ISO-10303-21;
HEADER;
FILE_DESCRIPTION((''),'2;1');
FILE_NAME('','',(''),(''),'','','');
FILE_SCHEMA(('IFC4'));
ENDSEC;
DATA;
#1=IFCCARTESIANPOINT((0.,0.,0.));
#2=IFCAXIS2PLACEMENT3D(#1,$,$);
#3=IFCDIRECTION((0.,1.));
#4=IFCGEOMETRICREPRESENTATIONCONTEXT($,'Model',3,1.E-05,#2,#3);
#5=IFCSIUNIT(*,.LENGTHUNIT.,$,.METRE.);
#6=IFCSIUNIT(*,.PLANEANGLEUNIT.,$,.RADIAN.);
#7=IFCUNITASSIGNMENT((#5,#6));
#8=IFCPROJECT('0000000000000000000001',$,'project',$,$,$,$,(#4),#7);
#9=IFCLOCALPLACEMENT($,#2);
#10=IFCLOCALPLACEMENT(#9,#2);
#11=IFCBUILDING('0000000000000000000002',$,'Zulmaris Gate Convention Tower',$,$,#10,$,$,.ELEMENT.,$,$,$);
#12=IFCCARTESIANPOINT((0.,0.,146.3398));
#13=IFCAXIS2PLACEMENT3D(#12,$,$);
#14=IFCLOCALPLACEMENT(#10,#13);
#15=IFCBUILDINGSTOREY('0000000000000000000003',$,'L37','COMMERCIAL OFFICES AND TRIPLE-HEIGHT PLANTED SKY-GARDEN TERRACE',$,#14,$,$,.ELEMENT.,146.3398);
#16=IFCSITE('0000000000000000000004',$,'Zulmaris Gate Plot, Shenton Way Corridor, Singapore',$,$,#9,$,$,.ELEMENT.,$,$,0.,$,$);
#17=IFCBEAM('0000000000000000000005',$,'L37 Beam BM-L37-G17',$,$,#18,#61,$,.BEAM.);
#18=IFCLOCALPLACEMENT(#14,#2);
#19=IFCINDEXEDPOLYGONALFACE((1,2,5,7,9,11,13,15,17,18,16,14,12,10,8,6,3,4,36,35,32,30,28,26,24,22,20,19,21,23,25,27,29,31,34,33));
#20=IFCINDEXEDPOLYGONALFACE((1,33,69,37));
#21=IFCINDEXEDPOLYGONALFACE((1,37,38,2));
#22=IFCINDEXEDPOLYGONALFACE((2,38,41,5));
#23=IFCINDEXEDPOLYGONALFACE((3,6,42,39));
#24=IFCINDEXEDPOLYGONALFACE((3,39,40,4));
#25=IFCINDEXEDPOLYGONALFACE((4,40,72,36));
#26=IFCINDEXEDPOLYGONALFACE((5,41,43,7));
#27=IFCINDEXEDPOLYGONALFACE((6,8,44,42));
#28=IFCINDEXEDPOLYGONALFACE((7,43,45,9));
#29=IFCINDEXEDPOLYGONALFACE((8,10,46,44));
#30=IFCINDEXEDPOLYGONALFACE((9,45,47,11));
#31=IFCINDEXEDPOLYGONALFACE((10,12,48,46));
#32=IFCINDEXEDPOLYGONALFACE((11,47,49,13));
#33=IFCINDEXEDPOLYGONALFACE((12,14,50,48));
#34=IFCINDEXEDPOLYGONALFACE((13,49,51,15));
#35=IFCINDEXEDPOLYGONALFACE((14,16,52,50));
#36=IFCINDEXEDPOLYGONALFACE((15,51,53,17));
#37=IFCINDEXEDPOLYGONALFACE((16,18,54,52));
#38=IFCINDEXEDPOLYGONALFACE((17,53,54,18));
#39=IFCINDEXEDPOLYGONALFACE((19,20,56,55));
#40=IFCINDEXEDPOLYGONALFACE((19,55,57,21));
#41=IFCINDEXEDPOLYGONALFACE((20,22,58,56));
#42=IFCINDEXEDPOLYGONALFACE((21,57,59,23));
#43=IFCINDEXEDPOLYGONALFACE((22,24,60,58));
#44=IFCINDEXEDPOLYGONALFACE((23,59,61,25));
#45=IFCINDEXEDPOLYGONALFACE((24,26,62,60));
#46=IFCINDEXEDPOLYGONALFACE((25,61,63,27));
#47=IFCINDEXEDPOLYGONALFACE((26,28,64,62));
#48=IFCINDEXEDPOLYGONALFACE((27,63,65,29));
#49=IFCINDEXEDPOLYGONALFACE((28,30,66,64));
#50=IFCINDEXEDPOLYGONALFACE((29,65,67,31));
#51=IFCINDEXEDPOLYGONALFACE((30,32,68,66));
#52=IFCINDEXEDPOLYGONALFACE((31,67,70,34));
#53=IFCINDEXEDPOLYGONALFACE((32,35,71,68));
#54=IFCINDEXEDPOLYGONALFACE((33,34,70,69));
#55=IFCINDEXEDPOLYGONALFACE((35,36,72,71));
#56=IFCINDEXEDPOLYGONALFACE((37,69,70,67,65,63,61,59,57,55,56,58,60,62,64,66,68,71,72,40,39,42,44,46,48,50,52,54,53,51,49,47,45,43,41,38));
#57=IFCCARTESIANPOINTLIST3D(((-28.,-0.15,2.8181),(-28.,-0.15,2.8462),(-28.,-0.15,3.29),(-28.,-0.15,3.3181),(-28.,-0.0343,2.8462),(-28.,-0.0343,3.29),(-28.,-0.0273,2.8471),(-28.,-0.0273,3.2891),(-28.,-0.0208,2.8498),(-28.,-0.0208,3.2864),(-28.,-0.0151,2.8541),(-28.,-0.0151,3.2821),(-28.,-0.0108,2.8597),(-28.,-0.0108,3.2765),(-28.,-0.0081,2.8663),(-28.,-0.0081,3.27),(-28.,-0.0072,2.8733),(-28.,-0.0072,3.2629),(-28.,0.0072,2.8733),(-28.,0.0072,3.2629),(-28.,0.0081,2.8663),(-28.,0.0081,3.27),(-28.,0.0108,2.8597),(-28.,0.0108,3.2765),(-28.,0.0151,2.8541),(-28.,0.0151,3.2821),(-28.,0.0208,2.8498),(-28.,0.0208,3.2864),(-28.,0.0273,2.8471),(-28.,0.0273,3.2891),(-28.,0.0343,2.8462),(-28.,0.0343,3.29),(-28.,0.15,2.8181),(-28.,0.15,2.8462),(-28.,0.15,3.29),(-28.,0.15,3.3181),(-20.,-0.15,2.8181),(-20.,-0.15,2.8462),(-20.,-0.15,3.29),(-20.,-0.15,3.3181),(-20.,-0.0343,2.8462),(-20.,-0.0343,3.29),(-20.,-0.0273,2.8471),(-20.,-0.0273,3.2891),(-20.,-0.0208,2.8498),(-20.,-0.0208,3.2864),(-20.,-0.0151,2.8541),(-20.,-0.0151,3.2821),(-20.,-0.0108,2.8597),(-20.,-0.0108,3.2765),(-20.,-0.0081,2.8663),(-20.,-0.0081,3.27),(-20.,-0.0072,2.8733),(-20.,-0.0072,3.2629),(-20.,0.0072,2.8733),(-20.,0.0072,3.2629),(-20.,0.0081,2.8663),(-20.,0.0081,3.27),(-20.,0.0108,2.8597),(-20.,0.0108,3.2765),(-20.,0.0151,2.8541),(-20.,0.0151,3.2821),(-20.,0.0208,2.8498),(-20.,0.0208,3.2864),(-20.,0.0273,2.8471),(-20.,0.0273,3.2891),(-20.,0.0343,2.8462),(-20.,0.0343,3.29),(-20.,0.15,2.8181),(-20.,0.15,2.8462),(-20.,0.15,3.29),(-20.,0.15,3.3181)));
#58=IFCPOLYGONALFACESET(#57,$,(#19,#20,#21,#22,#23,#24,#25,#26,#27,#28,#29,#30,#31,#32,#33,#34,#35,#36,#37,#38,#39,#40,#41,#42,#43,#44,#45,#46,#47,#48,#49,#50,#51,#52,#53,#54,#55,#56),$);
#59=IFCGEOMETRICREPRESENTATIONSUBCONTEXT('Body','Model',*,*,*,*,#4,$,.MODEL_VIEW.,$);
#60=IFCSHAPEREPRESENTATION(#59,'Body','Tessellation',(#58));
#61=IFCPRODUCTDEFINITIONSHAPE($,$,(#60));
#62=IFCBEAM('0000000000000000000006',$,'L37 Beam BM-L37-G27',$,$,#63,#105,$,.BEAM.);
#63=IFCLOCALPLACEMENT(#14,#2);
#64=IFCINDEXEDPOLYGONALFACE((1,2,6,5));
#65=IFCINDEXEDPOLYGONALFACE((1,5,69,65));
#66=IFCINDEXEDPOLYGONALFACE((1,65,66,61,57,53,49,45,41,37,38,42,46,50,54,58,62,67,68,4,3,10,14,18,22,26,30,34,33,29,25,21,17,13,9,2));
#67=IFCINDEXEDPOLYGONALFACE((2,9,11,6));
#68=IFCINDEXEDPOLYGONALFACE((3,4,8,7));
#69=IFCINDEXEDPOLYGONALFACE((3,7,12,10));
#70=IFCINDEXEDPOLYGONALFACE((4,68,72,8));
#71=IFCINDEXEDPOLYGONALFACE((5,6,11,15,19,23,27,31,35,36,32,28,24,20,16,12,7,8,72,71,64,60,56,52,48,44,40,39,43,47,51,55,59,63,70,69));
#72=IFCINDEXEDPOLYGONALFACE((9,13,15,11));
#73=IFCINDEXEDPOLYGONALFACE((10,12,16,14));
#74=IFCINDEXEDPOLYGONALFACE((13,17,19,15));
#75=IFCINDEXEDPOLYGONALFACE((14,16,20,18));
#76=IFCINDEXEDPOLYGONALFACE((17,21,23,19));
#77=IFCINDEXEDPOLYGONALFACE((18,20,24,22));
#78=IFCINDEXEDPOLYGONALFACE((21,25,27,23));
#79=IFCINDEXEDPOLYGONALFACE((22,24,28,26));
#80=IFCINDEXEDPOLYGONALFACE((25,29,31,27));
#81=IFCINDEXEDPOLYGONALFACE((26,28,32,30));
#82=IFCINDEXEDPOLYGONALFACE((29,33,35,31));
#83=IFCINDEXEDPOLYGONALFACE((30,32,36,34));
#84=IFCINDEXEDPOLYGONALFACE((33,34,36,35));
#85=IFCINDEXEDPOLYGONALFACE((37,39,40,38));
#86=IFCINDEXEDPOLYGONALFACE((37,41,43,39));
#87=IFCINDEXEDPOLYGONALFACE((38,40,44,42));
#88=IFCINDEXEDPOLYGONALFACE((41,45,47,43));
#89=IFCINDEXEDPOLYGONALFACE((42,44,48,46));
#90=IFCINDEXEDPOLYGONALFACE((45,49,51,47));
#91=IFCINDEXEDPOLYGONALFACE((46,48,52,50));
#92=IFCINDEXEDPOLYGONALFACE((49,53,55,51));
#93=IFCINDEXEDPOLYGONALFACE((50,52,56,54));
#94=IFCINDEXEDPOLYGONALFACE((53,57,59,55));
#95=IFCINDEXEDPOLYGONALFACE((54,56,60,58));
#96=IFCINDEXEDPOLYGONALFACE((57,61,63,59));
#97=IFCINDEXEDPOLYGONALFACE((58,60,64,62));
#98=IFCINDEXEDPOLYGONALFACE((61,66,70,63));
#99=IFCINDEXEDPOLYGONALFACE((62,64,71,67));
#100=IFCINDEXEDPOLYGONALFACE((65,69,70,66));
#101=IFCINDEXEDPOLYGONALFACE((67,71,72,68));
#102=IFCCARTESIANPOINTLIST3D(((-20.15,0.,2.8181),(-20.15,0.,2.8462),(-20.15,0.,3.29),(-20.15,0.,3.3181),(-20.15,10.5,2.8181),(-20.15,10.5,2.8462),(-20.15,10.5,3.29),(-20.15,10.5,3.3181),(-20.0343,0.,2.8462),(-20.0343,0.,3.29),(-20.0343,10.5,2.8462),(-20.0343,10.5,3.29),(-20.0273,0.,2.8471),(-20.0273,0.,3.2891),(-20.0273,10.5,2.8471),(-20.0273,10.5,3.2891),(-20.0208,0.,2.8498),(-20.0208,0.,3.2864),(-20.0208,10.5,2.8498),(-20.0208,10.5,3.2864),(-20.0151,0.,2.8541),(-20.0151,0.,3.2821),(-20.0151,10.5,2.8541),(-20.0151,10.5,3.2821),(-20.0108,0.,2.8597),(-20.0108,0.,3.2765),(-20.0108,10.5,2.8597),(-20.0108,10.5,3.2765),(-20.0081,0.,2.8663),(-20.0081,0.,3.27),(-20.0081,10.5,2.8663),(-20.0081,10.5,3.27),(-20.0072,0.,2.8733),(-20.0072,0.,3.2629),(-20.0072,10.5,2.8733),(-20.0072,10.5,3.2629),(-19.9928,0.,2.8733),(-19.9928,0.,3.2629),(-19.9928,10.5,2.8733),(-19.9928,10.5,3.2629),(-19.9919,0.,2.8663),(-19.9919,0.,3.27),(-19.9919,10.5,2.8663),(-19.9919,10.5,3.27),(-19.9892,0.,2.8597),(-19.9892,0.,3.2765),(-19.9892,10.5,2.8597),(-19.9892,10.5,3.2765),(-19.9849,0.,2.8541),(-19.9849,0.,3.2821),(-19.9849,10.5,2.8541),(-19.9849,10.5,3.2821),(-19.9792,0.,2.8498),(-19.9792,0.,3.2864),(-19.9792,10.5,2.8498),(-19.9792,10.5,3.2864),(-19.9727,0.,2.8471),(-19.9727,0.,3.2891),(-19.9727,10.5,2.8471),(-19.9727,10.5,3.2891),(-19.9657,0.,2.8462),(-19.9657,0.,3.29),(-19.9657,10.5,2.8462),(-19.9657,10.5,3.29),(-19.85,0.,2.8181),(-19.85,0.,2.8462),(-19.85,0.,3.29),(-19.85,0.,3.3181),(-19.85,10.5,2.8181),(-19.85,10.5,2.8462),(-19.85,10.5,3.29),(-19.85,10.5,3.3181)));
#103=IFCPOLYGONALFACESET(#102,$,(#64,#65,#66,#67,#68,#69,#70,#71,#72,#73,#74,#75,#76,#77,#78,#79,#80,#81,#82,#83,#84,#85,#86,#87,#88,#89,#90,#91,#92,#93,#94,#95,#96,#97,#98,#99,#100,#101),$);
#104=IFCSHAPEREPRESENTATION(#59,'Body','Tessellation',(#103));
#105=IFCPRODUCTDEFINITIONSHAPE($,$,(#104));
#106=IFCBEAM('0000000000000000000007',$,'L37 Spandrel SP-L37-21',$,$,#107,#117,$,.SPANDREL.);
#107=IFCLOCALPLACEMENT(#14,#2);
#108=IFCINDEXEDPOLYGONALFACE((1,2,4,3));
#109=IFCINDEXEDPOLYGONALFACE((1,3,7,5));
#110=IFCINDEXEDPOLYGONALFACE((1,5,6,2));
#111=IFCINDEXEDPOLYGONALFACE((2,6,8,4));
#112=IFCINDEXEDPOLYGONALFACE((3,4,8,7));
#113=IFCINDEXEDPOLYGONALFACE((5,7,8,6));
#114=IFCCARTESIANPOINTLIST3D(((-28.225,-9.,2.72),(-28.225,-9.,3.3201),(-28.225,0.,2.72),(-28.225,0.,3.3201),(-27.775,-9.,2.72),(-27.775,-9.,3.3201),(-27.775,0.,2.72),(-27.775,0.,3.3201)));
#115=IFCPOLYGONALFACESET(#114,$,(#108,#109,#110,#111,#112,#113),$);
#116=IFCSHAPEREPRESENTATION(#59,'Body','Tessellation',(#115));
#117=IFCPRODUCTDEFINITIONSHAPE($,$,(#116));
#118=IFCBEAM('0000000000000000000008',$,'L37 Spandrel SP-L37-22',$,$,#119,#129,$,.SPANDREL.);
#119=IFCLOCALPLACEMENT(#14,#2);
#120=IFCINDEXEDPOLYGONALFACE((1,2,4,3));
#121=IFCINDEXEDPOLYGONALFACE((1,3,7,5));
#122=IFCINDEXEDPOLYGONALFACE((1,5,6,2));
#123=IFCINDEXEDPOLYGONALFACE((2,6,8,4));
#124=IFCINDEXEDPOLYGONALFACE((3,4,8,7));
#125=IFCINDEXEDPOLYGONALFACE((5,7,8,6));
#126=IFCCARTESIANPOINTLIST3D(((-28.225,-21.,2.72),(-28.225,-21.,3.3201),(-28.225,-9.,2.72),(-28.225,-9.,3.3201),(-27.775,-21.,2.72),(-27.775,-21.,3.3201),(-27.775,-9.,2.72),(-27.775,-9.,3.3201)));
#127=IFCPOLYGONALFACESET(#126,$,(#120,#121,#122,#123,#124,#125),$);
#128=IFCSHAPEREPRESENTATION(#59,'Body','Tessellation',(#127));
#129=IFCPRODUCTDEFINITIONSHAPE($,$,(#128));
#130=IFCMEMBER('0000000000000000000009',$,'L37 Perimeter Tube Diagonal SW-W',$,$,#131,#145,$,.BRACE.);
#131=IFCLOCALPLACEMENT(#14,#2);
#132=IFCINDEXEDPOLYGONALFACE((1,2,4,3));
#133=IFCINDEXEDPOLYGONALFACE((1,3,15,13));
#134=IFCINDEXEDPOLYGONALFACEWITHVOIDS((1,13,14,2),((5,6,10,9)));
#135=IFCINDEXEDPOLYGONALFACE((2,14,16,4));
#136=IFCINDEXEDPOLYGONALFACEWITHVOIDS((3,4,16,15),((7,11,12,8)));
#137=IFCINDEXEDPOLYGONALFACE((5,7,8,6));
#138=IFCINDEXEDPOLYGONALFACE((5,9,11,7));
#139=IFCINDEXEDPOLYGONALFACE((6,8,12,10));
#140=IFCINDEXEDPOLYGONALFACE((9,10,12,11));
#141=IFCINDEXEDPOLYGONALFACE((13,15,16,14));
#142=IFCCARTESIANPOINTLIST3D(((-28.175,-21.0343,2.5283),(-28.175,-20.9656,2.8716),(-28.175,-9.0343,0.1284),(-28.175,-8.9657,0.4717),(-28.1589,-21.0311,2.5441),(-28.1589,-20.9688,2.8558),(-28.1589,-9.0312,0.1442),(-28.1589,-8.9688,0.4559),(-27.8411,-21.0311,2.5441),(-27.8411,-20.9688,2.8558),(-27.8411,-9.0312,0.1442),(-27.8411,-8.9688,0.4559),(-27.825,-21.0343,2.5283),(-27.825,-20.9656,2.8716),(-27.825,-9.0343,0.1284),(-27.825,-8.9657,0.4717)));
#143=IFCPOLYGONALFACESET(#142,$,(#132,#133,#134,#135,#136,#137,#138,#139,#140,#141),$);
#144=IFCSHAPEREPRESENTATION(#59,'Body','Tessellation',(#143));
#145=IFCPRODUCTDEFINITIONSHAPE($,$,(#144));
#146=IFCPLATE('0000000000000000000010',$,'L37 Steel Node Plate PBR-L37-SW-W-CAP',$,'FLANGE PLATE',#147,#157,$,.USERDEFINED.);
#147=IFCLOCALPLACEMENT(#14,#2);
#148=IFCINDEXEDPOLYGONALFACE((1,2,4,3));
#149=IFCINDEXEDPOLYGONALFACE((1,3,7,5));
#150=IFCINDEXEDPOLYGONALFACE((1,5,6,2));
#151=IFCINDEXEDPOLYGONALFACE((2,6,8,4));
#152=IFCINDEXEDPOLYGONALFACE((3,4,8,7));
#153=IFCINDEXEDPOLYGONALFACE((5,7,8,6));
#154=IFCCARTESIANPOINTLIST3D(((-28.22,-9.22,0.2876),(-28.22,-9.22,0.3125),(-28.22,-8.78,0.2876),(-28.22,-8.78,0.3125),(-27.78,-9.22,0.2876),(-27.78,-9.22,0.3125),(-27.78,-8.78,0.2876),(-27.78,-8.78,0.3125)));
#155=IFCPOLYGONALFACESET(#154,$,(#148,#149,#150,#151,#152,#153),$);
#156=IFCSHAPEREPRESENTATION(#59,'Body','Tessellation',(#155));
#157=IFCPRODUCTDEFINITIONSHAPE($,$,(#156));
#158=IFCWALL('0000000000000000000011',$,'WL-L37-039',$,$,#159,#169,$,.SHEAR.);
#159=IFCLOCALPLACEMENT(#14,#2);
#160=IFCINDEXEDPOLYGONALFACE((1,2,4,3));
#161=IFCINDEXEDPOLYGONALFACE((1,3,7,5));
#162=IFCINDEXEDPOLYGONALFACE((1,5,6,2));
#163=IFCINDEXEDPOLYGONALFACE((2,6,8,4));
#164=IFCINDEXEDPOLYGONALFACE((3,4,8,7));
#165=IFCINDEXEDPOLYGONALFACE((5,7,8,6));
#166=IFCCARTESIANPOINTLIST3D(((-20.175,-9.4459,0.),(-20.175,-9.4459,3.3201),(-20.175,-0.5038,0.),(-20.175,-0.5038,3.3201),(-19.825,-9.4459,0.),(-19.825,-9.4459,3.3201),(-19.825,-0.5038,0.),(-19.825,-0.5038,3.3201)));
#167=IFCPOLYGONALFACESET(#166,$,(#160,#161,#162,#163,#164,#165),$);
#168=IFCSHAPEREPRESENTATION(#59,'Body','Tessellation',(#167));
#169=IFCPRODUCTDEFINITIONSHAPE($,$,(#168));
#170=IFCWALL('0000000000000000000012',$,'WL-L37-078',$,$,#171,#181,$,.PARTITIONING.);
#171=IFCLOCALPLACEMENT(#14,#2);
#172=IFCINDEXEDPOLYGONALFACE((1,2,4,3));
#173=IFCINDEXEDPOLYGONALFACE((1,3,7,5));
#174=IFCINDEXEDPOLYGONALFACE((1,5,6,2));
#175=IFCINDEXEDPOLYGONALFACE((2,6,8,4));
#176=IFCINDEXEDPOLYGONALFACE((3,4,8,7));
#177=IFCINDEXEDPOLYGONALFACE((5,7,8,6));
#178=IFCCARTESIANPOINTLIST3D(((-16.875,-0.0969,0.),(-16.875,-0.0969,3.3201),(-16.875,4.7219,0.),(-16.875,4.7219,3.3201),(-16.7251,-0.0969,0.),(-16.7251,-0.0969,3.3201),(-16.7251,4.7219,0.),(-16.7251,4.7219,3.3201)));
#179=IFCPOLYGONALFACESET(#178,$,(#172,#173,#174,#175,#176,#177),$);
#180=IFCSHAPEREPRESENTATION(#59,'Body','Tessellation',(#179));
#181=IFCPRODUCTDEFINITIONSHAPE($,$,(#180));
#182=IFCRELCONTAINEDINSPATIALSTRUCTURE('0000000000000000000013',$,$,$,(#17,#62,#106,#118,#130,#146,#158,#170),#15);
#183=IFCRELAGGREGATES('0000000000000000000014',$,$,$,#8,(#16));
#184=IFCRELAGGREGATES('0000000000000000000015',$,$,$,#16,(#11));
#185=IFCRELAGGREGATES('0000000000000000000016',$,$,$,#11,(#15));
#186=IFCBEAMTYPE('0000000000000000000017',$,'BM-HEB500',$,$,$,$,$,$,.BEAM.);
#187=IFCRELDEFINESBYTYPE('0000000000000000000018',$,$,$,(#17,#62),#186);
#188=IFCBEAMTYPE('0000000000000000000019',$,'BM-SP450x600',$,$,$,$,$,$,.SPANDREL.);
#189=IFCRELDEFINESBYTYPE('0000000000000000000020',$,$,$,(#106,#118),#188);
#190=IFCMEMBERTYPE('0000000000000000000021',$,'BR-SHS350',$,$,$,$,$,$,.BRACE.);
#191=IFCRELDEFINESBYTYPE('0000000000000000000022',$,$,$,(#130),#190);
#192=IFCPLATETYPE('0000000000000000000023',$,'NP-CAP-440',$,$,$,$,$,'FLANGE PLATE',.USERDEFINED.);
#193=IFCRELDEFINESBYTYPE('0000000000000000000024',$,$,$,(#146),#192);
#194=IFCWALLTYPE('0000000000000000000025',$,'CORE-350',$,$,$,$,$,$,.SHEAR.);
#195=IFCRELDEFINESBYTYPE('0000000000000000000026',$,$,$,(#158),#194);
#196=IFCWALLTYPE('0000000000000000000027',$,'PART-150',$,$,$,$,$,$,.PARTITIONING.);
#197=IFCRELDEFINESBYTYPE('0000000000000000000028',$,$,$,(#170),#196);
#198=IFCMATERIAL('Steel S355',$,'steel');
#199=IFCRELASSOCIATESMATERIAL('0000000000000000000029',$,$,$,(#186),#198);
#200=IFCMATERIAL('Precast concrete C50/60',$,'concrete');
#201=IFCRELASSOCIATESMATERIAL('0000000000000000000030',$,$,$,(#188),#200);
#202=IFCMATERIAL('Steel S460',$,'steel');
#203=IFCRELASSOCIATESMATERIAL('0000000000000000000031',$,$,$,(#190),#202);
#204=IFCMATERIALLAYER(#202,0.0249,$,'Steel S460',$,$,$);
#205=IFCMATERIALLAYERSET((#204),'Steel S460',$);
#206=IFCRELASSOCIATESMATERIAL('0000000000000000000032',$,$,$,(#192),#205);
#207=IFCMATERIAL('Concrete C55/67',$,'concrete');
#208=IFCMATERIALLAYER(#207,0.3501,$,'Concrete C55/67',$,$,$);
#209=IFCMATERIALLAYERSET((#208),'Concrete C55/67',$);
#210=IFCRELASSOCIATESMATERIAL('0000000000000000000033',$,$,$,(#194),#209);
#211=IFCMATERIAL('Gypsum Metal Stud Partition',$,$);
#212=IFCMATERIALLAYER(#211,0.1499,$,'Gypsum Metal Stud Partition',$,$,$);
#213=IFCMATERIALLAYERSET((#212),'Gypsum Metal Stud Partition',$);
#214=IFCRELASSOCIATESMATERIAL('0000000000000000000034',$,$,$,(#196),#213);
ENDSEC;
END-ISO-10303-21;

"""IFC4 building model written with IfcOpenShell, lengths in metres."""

from ifc_helpers import new_model, si_unit, direction, frame, frame_2d, origin, origin_2d, place, context, subcontext, project, spatial, rectangle, hollow_rectangle, i_section, extrude, material, layer, layer_set, material_profile, profile_set, type_object, element, save


model = new_model("IFC4")

# Units and contexts
model_context = context("Model", 3, precision=1e-05, world=origin(), true_north=direction((0.0, 1.0)))
body_context = subcontext(model_context, "Body", "Model", "MODEL_VIEW")
ifc_project = project(units=[si_unit("LENGTHUNIT", "METRE"), si_unit("PLANEANGLEUNIT", "RADIAN")], contexts=[model_context])

# Site, building, storey
site_placement = place(None, origin())
site = spatial("IfcSite", under=ifc_project, at=site_placement, Name="Zulmaris Gate Plot, Shenton Way Corridor, Singapore", CompositionType="ELEMENT", RefElevation=0.0)
building_placement = place(site_placement, origin())
building = spatial("IfcBuilding", under=site, at=building_placement, Name="Zulmaris Gate Convention Tower", CompositionType="ELEMENT")
storey_placement = place(building_placement, frame((0.0, 0.0, 146.3398)))
storey = spatial("IfcBuildingStorey", under=building, at=storey_placement, Name="L37", Description="COMMERCIAL OFFICES AND TRIPLE-HEIGHT PLANTED SKY-GARDEN TERRACE", CompositionType="ELEMENT", Elevation=146.3398)

# Beams
ifc_material_1 = material(Name="Steel S355", Category="steel")
ifc_material_profile_1 = material_profile(ifc_material_1, i_section(OverallWidth=0.3, OverallDepth=0.5, WebThickness=0.0144, FlangeThickness=0.0281, FilletRadius=0.0271, at=origin_2d()), Name="HEB 500")
ifc_profile_set_1 = profile_set([ifc_material_profile_1], Name="Steel S355")
beam_type_1 = type_object("IfcBeamType", Name="BM-HEB500", PredefinedType="BEAM", material=ifc_profile_set_1)
for number, where, z_axis, x_axis, name in (
    (1, (-28.0, 0.0, 3.0681), (1.0, 0.0, 0.0), (0.0, 1.0, 0.0), "L37 Beam BM-L37-G17"),
):
    element("IfcBeam", number, at=place(storey_placement, frame(where, z_axis=z_axis, x_axis=x_axis)), inside=storey, type_object=beam_type_1, Name=name, PredefinedType="BEAM", context=body_context, shape_type="SweptSolid", body=[
        extrude(i_section(OverallWidth=0.3, OverallDepth=0.5, WebThickness=0.0144, FlangeThickness=0.0281, FilletRadius=0.0271, at=origin_2d()), origin(), (0.0, 0.0, 1.0), 8.0),
    ])
beam_1_placement = place(storey_placement, frame((-20.0, 0.0, 3.0681), z_axis=(0.0, 1.0, 0.0), x_axis=(-1.0, 0.0, 0.0)))
element("IfcBeam", 2, at=beam_1_placement, inside=storey, type_object=beam_type_1, Name="L37 Beam BM-L37-G27", PredefinedType="BEAM", context=body_context, shape_type="SweptSolid", body=[
    extrude(i_section(OverallWidth=0.3, OverallDepth=0.5, WebThickness=0.0144, FlangeThickness=0.0281, FilletRadius=0.0271, at=origin_2d()), origin(), (0.0, 0.0, 1.0), 10.5),
])
ifc_material_2 = material(Name="Precast concrete C50/60", Category="concrete")
ifc_material_profile_2 = material_profile(ifc_material_2, rectangle(XDim=0.45, YDim=0.6001, at=origin_2d()), Name="RC SPANDREL 450x600")
ifc_profile_set_2 = profile_set([ifc_material_profile_2], Name="Precast concrete C50/60")
beam_type_2 = type_object("IfcBeamType", Name="BM-SP450x600", PredefinedType="SPANDREL", material=ifc_profile_set_2)
beam_2_placement = place(storey_placement, frame((-28.0, 0.0, 3.02), z_axis=(0.0, -1.0, 0.0), x_axis=(1.0, 0.0, 0.0)))
element("IfcBeam", 3, at=beam_2_placement, inside=storey, type_object=beam_type_2, Name="L37 Spandrel SP-L37-21", PredefinedType="SPANDREL", context=body_context, shape_type="SweptSolid", body=[
    extrude(rectangle(XDim=0.45, YDim=0.6001, at=origin_2d()), origin(), (0.0, 0.0, 1.0), 9.0),
])
beam_3_placement = place(storey_placement, frame((-28.0, -9.0, 3.02), z_axis=(0.0, -1.0, 0.0), x_axis=(1.0, 0.0, 0.0)))
element("IfcBeam", 4, at=beam_3_placement, inside=storey, type_object=beam_type_2, Name="L37 Spandrel SP-L37-22", PredefinedType="SPANDREL", context=body_context, shape_type="SweptSolid", body=[
    extrude(rectangle(XDim=0.45, YDim=0.6001, at=origin_2d()), origin(), (0.0, 0.0, 1.0), 12.0),
])

# Member
ifc_material_3 = material(Name="Steel S460", Category="steel")
ifc_material_profile_3 = material_profile(ifc_material_3, hollow_rectangle(XDim=0.3501, YDim=0.3501, WallThickness=0.0161, at=origin_2d()), Name="SHS 350x350x16")
ifc_profile_set_3 = profile_set([ifc_material_profile_3], Name="Steel S460")
member_type = type_object("IfcMemberType", Name="BR-SHS350", PredefinedType="BRACE", material=ifc_profile_set_3)
member_placement = place(storey_placement, frame((-28.0, -9.0, 0.3), z_axis=(0.0, -0.980582, 0.196108), x_axis=(1.0, 0.0, 0.0)))
element("IfcMember", 5, at=member_placement, inside=storey, type_object=member_type, Name="L37 Perimeter Tube Diagonal SW-W", PredefinedType="BRACE", context=body_context, shape_type="SweptSolid", body=[
    extrude(hollow_rectangle(XDim=0.3501, YDim=0.3501, WallThickness=0.0161, at=origin_2d()), origin(), (0.0, 0.0, 1.0), 12.2375),
])

# Plate
ifc_layer_1 = layer(ifc_material_3, 0.0249, Name="Steel S460")
ifc_layer_set_1 = layer_set([ifc_layer_1], Name="Steel S460")
plate_type = type_object("IfcPlateType", Name="NP-CAP-440", ElementType="FLANGE PLATE", PredefinedType="USERDEFINED", material=ifc_layer_set_1)
plate_placement = place(storey_placement, frame((-28.0, -9.0, 0.2876), z_axis=(0.0, 0.0, 1.0), x_axis=(1.0, 0.0, 0.0)))
element("IfcPlate", 6, at=plate_placement, inside=storey, type_object=plate_type, Name="L37 Steel Node Plate PBR-L37-SW-W-CAP", ObjectType="FLANGE PLATE", PredefinedType="USERDEFINED", context=body_context, shape_type="SweptSolid", body=[
    extrude(rectangle(XDim=0.4399, YDim=0.4399, at=origin_2d()), origin(), (0.0, 0.0, 1.0), 0.0249),
])

# Walls
ifc_material_4 = material(Name="Concrete C55/67", Category="concrete")
ifc_layer_2 = layer(ifc_material_4, 0.3501, Name="Concrete C55/67")
ifc_layer_set_2 = layer_set([ifc_layer_2], Name="Concrete C55/67")
wall_type_1 = type_object("IfcWallType", Name="CORE-350", PredefinedType="SHEAR", material=ifc_layer_set_2)
wall_1_placement = place(storey_placement, frame((-20.0, -9.446, 0.0), z_axis=(0.0, 0.0, 1.0), x_axis=(0.0, 1.0, 0.0)))
element("IfcWall", 7, at=wall_1_placement, inside=storey, type_object=wall_type_1, Name="WL-L37-039", PredefinedType="SHEAR", context=body_context, shape_type="SweptSolid", body=[
    extrude(rectangle(XDim=8.9421, YDim=0.3501, at=frame_2d((4.4712, 0.0))), origin(), (0.0, 0.0, 1.0), 3.3201),
])
ifc_material_5 = material(Name="Gypsum Metal Stud Partition")
ifc_layer_3 = layer(ifc_material_5, 0.1499, Name="Gypsum Metal Stud Partition")
ifc_layer_set_3 = layer_set([ifc_layer_3], Name="Gypsum Metal Stud Partition")
wall_type_2 = type_object("IfcWallType", Name="PART-150", PredefinedType="PARTITIONING", material=ifc_layer_set_3)
wall_2_placement = place(storey_placement, frame((-16.8, -0.0969, 0.0), z_axis=(0.0, 0.0, 1.0), x_axis=(0.0, 1.0, 0.0)))
element("IfcWall", 8, at=wall_2_placement, inside=storey, type_object=wall_type_2, Name="WL-L37-078", PredefinedType="PARTITIONING", context=body_context, shape_type="SweptSolid", body=[
    extrude(rectangle(XDim=4.8188, YDim=0.1499, at=frame_2d((2.4094, 0.0))), origin(), (0.0, 0.0, 1.0), 3.3201),
])

save(model, "model.ifc")
